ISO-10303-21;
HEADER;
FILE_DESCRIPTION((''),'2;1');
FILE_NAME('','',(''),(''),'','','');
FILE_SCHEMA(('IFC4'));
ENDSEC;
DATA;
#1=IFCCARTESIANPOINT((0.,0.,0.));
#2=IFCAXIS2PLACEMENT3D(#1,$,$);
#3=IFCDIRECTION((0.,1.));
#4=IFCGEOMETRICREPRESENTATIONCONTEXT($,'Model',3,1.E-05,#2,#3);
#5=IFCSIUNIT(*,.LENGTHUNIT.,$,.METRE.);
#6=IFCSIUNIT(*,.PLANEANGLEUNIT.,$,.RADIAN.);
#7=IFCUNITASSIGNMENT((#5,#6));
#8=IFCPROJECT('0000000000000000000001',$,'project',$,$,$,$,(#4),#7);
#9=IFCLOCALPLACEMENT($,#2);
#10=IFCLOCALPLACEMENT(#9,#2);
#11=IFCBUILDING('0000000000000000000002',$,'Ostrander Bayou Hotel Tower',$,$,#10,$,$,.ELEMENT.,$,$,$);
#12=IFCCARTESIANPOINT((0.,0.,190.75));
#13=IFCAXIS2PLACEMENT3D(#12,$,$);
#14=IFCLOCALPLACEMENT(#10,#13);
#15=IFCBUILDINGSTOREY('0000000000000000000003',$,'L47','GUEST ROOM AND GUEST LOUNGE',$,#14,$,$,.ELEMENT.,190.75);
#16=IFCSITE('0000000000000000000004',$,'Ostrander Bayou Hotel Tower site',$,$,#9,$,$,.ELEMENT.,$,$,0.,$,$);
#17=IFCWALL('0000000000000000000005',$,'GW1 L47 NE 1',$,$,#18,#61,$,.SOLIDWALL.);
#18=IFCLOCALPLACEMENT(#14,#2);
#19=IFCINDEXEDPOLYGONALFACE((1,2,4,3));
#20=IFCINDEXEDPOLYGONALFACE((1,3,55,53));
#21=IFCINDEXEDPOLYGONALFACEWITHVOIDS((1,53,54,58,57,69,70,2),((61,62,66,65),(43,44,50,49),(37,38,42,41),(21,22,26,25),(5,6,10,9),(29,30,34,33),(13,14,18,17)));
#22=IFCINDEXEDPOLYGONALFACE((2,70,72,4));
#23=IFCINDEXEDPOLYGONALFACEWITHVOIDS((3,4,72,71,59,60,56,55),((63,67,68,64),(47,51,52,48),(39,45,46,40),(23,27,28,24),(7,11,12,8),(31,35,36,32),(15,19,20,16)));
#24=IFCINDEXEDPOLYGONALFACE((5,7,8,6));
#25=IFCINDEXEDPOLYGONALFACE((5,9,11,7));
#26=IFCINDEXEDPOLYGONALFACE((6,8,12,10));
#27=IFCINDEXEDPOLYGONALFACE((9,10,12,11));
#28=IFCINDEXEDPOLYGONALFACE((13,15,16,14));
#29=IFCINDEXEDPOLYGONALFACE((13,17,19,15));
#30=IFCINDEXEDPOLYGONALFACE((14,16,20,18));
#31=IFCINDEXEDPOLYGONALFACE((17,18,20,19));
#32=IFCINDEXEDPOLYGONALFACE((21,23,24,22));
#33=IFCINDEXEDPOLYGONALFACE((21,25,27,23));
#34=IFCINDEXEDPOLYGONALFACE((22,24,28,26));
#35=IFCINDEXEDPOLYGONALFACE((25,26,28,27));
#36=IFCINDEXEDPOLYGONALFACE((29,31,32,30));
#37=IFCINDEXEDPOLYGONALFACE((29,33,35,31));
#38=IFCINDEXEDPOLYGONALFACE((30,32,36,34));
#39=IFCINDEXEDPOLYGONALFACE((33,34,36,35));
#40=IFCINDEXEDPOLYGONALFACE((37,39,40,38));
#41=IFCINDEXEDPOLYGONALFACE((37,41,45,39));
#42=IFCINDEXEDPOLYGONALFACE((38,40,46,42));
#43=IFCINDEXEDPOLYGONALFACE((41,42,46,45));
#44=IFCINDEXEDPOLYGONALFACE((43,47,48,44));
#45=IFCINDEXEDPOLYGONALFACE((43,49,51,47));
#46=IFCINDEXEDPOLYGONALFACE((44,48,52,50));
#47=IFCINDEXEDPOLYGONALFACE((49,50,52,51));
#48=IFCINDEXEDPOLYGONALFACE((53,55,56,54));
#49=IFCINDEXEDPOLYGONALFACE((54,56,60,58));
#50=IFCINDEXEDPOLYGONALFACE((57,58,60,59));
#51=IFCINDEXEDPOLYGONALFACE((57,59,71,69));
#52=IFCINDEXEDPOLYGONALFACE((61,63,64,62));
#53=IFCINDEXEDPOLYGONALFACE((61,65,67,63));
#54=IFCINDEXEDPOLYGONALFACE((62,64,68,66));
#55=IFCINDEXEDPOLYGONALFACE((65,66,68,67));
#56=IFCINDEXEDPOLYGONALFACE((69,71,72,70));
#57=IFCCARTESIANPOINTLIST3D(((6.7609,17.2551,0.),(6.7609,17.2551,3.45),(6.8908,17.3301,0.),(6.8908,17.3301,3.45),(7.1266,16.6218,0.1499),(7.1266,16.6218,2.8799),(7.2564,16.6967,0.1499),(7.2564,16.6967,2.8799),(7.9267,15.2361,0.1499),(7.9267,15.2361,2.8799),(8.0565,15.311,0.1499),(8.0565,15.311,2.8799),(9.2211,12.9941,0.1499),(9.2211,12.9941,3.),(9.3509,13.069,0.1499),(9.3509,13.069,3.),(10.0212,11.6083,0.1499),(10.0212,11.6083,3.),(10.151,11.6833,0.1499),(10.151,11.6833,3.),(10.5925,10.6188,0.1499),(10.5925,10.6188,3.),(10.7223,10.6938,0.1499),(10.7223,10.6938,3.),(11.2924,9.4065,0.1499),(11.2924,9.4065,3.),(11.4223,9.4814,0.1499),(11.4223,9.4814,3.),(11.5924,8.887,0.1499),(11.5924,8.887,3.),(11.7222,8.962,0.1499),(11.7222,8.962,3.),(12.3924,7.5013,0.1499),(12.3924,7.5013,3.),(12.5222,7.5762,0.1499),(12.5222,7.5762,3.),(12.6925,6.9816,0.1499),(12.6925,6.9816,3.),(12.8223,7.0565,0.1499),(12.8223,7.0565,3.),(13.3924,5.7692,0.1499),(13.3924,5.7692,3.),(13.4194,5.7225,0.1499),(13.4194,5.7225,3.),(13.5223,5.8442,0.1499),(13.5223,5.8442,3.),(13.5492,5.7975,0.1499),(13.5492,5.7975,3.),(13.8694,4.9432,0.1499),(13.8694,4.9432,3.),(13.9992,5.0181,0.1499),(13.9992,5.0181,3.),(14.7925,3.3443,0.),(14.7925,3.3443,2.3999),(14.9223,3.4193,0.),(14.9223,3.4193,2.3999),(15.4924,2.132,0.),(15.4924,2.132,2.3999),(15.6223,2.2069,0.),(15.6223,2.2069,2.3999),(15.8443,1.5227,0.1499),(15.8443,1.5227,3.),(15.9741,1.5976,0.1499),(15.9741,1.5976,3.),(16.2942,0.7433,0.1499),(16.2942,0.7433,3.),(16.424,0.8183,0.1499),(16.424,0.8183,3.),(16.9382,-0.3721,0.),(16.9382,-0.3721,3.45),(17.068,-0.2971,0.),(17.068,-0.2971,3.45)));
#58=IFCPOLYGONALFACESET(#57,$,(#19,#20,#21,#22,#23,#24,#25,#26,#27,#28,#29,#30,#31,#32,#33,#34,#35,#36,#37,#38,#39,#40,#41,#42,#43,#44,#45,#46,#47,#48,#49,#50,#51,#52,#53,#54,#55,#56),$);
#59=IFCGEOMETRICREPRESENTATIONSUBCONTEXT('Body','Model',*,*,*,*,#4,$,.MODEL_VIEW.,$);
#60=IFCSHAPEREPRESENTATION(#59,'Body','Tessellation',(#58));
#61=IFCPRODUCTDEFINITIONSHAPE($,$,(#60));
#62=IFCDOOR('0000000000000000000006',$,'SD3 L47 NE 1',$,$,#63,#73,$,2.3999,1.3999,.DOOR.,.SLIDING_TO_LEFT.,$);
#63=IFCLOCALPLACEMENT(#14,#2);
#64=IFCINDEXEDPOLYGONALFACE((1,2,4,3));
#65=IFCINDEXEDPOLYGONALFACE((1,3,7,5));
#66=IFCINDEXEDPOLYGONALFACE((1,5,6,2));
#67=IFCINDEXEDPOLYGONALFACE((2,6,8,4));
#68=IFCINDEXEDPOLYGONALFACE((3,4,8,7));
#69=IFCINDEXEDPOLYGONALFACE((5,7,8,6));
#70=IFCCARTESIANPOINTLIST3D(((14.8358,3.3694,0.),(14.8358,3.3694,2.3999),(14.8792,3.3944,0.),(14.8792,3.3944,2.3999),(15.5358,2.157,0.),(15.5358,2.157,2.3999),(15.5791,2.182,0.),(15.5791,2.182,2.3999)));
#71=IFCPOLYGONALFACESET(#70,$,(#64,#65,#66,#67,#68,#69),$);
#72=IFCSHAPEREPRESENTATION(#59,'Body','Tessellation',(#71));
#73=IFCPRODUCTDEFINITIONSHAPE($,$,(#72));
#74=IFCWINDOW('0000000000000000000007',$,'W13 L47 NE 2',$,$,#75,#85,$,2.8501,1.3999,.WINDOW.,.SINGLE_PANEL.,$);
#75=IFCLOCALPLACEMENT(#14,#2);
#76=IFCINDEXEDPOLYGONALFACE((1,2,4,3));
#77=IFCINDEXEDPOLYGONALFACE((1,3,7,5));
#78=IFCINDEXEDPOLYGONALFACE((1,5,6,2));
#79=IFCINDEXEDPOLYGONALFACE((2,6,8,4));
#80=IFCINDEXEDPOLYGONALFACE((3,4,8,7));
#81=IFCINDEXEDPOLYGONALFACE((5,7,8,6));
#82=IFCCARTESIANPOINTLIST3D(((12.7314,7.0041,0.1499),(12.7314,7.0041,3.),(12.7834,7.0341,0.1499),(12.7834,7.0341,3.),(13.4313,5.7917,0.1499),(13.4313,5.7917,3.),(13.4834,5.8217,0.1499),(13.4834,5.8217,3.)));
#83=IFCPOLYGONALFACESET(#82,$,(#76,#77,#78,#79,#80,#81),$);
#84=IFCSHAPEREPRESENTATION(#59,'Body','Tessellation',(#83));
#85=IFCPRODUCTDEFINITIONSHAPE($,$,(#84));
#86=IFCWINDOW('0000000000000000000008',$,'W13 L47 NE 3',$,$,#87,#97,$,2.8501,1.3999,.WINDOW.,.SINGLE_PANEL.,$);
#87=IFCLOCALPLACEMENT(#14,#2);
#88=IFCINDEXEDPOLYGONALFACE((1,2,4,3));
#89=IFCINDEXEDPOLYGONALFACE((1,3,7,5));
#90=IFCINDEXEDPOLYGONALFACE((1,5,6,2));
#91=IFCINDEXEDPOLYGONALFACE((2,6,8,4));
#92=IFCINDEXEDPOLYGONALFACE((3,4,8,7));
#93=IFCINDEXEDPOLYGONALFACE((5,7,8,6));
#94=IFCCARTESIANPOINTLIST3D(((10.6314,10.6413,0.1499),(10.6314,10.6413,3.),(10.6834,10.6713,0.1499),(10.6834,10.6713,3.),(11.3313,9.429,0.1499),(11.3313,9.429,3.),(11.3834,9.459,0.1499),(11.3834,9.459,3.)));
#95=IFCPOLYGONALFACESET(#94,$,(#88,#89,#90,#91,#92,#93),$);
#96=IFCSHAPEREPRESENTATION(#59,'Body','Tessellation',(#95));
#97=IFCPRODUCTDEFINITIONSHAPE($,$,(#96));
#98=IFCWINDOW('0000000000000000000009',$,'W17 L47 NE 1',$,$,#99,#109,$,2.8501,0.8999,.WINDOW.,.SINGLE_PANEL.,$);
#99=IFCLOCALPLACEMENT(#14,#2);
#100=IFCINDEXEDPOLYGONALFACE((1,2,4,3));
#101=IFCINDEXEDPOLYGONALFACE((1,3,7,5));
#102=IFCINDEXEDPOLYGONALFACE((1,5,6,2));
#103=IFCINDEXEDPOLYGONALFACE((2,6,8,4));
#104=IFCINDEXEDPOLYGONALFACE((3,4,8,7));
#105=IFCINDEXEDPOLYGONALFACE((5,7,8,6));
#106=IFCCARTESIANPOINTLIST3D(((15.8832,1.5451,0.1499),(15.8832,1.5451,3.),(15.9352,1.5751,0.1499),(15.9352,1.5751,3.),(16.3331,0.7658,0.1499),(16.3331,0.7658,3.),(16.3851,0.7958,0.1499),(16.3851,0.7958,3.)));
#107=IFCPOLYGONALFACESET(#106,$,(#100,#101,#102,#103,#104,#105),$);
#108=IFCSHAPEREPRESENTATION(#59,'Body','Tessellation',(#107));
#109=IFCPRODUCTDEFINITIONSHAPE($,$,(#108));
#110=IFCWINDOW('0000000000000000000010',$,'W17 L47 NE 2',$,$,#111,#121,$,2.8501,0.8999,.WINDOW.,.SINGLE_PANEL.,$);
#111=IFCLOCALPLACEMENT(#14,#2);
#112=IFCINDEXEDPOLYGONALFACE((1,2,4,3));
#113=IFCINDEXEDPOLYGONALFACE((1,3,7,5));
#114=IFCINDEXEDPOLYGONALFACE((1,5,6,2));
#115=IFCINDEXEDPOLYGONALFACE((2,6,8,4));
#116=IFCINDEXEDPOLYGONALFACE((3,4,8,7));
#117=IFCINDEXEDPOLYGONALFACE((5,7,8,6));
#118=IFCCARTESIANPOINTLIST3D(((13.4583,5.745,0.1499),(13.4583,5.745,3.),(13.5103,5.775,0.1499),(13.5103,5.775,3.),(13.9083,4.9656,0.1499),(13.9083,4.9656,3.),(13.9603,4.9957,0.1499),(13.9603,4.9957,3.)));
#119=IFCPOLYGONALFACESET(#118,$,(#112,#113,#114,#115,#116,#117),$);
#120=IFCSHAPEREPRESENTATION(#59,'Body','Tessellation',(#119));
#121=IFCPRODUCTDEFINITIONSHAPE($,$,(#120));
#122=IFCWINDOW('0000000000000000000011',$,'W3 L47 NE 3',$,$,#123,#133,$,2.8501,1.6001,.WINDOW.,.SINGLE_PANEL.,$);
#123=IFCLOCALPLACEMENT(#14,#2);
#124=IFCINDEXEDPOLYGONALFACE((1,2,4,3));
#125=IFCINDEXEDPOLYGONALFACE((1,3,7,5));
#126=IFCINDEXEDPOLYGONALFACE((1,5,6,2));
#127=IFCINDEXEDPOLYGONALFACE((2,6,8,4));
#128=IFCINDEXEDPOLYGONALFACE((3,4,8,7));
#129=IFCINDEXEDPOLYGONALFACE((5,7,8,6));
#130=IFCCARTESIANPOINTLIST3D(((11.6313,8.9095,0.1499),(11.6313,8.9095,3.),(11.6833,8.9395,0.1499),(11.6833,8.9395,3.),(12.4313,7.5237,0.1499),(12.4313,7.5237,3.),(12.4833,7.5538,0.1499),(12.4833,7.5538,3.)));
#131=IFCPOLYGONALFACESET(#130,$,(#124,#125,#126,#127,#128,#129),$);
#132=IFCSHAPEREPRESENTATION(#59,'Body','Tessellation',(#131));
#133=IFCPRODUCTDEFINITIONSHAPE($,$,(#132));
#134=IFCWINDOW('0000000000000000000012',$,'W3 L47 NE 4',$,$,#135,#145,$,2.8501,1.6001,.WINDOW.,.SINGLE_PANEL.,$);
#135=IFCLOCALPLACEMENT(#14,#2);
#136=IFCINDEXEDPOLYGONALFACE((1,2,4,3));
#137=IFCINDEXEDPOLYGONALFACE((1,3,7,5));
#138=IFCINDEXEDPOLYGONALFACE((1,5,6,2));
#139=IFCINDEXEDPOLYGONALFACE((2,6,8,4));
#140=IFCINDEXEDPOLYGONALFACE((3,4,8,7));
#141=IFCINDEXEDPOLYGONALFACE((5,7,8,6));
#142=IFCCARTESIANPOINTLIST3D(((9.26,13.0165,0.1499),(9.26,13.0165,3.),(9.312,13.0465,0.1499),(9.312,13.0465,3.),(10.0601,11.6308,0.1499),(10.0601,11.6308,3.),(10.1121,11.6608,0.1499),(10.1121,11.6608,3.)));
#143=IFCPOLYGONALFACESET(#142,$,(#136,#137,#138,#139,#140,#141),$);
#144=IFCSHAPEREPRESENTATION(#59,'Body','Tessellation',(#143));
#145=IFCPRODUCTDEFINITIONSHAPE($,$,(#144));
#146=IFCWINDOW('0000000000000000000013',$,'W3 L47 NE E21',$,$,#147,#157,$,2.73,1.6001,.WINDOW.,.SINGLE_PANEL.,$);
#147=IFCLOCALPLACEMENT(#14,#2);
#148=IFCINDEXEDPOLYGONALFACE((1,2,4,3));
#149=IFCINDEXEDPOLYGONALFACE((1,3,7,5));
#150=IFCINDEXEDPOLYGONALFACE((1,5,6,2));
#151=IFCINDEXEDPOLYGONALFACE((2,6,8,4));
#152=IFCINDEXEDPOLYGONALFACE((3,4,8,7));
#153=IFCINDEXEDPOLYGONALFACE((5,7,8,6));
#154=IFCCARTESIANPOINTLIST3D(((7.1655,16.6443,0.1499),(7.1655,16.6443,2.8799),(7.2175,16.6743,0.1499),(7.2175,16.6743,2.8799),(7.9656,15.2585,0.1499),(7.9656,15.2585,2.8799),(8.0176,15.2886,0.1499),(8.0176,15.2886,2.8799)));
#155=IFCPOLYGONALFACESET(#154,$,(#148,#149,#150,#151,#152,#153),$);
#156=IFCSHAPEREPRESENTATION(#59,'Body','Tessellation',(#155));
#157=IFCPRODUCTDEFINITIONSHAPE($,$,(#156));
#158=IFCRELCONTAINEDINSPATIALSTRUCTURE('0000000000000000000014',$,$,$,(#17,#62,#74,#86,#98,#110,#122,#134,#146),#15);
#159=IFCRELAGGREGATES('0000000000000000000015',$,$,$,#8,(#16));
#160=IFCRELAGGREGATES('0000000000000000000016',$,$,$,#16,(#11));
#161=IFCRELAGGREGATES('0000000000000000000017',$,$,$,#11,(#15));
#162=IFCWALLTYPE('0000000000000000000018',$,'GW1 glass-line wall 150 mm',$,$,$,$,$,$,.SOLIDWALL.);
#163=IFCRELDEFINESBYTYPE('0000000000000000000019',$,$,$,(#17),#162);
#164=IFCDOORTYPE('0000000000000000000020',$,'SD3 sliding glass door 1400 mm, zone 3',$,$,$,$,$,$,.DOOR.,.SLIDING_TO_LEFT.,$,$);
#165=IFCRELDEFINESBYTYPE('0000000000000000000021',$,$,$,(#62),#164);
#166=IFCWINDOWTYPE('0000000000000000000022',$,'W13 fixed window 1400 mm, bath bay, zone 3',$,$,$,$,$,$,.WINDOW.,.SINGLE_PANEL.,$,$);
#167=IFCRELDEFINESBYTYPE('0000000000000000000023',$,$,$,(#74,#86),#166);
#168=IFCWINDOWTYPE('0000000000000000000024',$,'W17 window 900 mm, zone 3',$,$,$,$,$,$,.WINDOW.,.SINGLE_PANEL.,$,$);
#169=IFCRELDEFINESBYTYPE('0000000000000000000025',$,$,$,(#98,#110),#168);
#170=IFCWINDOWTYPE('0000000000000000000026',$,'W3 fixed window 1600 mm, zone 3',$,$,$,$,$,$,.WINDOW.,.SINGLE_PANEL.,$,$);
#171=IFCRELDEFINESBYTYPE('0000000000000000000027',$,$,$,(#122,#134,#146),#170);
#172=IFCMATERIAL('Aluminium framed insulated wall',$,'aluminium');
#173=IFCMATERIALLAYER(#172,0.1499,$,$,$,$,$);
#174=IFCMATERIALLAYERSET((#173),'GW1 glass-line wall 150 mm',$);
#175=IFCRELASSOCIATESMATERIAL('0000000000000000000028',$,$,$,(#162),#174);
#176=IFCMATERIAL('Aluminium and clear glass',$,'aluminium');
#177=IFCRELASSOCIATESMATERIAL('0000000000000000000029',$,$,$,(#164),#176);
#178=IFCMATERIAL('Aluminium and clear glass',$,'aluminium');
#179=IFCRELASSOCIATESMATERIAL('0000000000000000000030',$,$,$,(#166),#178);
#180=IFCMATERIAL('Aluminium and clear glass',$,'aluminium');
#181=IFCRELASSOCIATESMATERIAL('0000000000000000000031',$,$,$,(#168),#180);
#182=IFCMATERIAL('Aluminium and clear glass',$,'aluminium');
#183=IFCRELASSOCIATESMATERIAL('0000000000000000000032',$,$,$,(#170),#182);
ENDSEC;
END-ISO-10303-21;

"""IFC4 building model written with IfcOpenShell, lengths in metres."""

from ifc_helpers import new_model, si_unit, direction, frame, frame_2d, origin, place, context, subcontext, project, spatial, rectangle, extrude, material, layer, layer_set, type_object, element, fill, save


model = new_model("IFC4")

# Units and contexts
model_context = context("Model", 3, precision=1e-05, world=origin(), true_north=direction((0.0, 1.0)))
body_context = subcontext(model_context, "Body", "Model", "MODEL_VIEW")
ifc_project = project(units=[si_unit("LENGTHUNIT", "METRE"), si_unit("PLANEANGLEUNIT", "RADIAN")], contexts=[model_context])

# Site, building, storey
site_placement = place(None, origin())
site = spatial("IfcSite", under=ifc_project, at=site_placement, Name="Ostrander Bayou Hotel Tower site", CompositionType="ELEMENT", RefElevation=0.0)
building_placement = place(site_placement, origin())
building = spatial("IfcBuilding", under=site, at=building_placement, Name="Ostrander Bayou Hotel Tower", CompositionType="ELEMENT")
storey_placement = place(building_placement, frame((0.0, 0.0, 190.75)))
storey = spatial("IfcBuildingStorey", under=building, at=storey_placement, Name="L47", Description="GUEST ROOM AND GUEST LOUNGE", CompositionType="ELEMENT", Elevation=190.75)

# Wall, openings, door, windows
ifc_material_1 = material(Name="Aluminium framed insulated wall", Category="aluminium")
ifc_layer_1 = layer(ifc_material_1, 0.1499)
ifc_layer_set_1 = layer_set([ifc_layer_1], Name="GW1 glass-line wall 150 mm")
wall_type_1 = type_object("IfcWallType", Name="GW1 glass-line wall 150 mm", PredefinedType="SOLIDWALL", material=ifc_layer_set_1)
wall_1_placement = place(storey_placement, frame((17.0032, -0.3347, 0.0), z_axis=(0.0, 0.0, 1.0), x_axis=(-0.500007, 0.866022, 0.0)))
wall_1 = element("IfcWall", 1, at=wall_1_placement, inside=storey, type_object=wall_type_1, Name="GW1 L47 NE 1", PredefinedType="SOLIDWALL", context=body_context, shape_type="SweptSolid", body=[
    extrude(rectangle(XDim=20.3542, YDim=0.1499, at=frame_2d((10.1772, 0.0))), origin(), (0.0, 0.0, 1.0), 3.45),
])
opening_1_placement = place(wall_1_placement, frame((1.2881, 0.0, 0.1499)))
opening_1 = element("IfcOpeningElement", 2, at=opening_1_placement, cuts=wall_1, PredefinedType="OPENING", context=body_context, shape_type="SweptSolid", body=[
    extrude(rectangle(XDim=0.8999, YDim=2.8501, at=frame_2d((0.45, 1.425))), frame((0.0, 0.075, 0.0), z_axis=(0.0, -1.0, 0.0), x_axis=(1.0, 0.0, 0.0)), (0.0, 0.0, 1.0), 0.1499),
])
opening_2_placement = place(wall_1_placement, frame((2.8916, 0.0, 0.0)))
opening_2 = element("IfcOpeningElement", 3, at=opening_2_placement, cuts=wall_1, PredefinedType="OPENING", context=body_context, shape_type="SweptSolid", body=[
    extrude(rectangle(XDim=1.3999, YDim=2.3999, at=frame_2d((0.7, 1.2))), frame((0.0, 0.075, 0.0), z_axis=(0.0, -1.0, 0.0), x_axis=(1.0, 0.0, 0.0)), (0.0, 0.0, 1.0), 0.1499),
])
opening_3_placement = place(wall_1_placement, frame((6.1377, 0.0, 0.1499)))
opening_3 = element("IfcOpeningElement", 4, at=opening_3_placement, cuts=wall_1, PredefinedType="OPENING", context=body_context, shape_type="SweptSolid", body=[
    extrude(rectangle(XDim=0.8999, YDim=2.8501, at=frame_2d((0.45, 1.425))), frame((0.0, 0.075, 0.0), z_axis=(0.0, -1.0, 0.0), x_axis=(1.0, 0.0, 0.0)), (0.0, 0.0, 1.0), 0.1499),
])
opening_4_placement = place(wall_1_placement, frame((7.0916, 0.0, 0.1499)))
opening_4 = element("IfcOpeningElement", 5, at=opening_4_placement, cuts=wall_1, PredefinedType="OPENING", context=body_context, shape_type="SweptSolid", body=[
    extrude(rectangle(XDim=1.3999, YDim=2.8501, at=frame_2d((0.7, 1.425))), frame((0.0, 0.075, 0.0), z_axis=(0.0, -1.0, 0.0), x_axis=(1.0, 0.0, 0.0)), (0.0, 0.0, 1.0), 0.1499),
])
opening_5_placement = place(wall_1_placement, frame((9.0916, 0.0, 0.1499)))
opening_5 = element("IfcOpeningElement", 6, at=opening_5_placement, cuts=wall_1, PredefinedType="OPENING", context=body_context, shape_type="SweptSolid", body=[
    extrude(rectangle(XDim=1.6001, YDim=2.8501, at=frame_2d((0.8, 1.425))), frame((0.0, 0.075, 0.0), z_axis=(0.0, -1.0, 0.0), x_axis=(1.0, 0.0, 0.0)), (0.0, 0.0, 1.0), 0.1499),
])
opening_6_placement = place(wall_1_placement, frame((11.2915, 0.0, 0.1499)))
opening_6 = element("IfcOpeningElement", 7, at=opening_6_placement, cuts=wall_1, PredefinedType="OPENING", context=body_context, shape_type="SweptSolid", body=[
    extrude(rectangle(XDim=1.3999, YDim=2.8501, at=frame_2d((0.7, 1.425))), frame((0.0, 0.075, 0.0), z_axis=(0.0, -1.0, 0.0), x_axis=(1.0, 0.0, 0.0)), (0.0, 0.0, 1.0), 0.1499),
])
opening_7_placement = place(wall_1_placement, frame((13.834, 0.0, 0.1499)))
opening_7 = element("IfcOpeningElement", 8, at=opening_7_placement, cuts=wall_1, PredefinedType="OPENING", context=body_context, shape_type="SweptSolid", body=[
    extrude(rectangle(XDim=1.6001, YDim=2.8501, at=frame_2d((0.8, 1.425))), frame((0.0, 0.075, 0.0), z_axis=(0.0, -1.0, 0.0), x_axis=(1.0, 0.0, 0.0)), (0.0, 0.0, 1.0), 0.1499),
])
opening_8_placement = place(wall_1_placement, frame((18.0229, 0.0, 0.1499)))
opening_8 = element("IfcOpeningElement", 9, at=opening_8_placement, cuts=wall_1, PredefinedType="OPENING", context=body_context, shape_type="SweptSolid", body=[
    extrude(rectangle(XDim=1.6001, YDim=2.73, at=frame_2d((0.8, 1.365))), frame((0.0, 0.075, 0.0), z_axis=(0.0, -1.0, 0.0), x_axis=(1.0, 0.0, 0.0)), (0.0, 0.0, 1.0), 0.1499),
])
ifc_material_2 = material(Name="Aluminium and clear glass", Category="aluminium")
door_type_1 = type_object("IfcDoorType", Name="SD3 sliding glass door 1400 mm, zone 3", OperationType="SLIDING_TO_LEFT", PredefinedType="DOOR", material=ifc_material_2)
door_1_placement = place(opening_2_placement, origin())
door_1 = element("IfcDoor", 10, at=door_1_placement, inside=storey, type_object=door_type_1, Name="SD3 L47 NE 1", OperationType="SLIDING_TO_LEFT", OverallHeight=2.3999, OverallWidth=1.3999, PredefinedType="DOOR", context=body_context, shape_type="SweptSolid", body=[
    extrude(rectangle(XDim=1.3999, YDim=2.3999, at=frame_2d((0.7, 1.2))), frame((0.0, 0.0249, 0.0), z_axis=(0.0, -1.0, 0.0), x_axis=(1.0, 0.0, 0.0)), (0.0, 0.0, 1.0), 0.05),
])
fill(opening_2, door_1)
ifc_material_3 = material(Name="Aluminium and clear glass", Category="aluminium")
window_type_1 = type_object("IfcWindowType", Name="W13 fixed window 1400 mm, bath bay, zone 3", PartitioningType="SINGLE_PANEL", PredefinedType="WINDOW", material=ifc_material_3)
window_1_placement = place(opening_4_placement, origin())
window_1 = element("IfcWindow", 11, at=window_1_placement, inside=storey, type_object=window_type_1, Name="W13 L47 NE 2", OverallHeight=2.8501, OverallWidth=1.3999, PartitioningType="SINGLE_PANEL", PredefinedType="WINDOW", context=body_context, shape_type="SweptSolid", body=[
    extrude(rectangle(XDim=1.3999, YDim=2.8501, at=frame_2d((0.7, 1.425))), frame((0.0, 0.03, 0.0), z_axis=(0.0, -1.0, 0.0), x_axis=(1.0, 0.0, 0.0)), (0.0, 0.0, 1.0), 0.0601),
])
fill(opening_4, window_1)
window_2_placement = place(opening_6_placement, origin())
window_2 = element("IfcWindow", 12, at=window_2_placement, inside=storey, type_object=window_type_1, Name="W13 L47 NE 3", OverallHeight=2.8501, OverallWidth=1.3999, PartitioningType="SINGLE_PANEL", PredefinedType="WINDOW", context=body_context, shape_type="SweptSolid", body=[
    extrude(rectangle(XDim=1.3999, YDim=2.8501, at=frame_2d((0.7, 1.425))), frame((0.0, 0.03, 0.0), z_axis=(0.0, -1.0, 0.0), x_axis=(1.0, 0.0, 0.0)), (0.0, 0.0, 1.0), 0.0601),
])
fill(opening_6, window_2)
ifc_material_4 = material(Name="Aluminium and clear glass", Category="aluminium")
window_type_2 = type_object("IfcWindowType", Name="W17 window 900 mm, zone 3", PartitioningType="SINGLE_PANEL", PredefinedType="WINDOW", material=ifc_material_4)
window_3_placement = place(opening_1_placement, origin())
window_3 = element("IfcWindow", 13, at=window_3_placement, inside=storey, type_object=window_type_2, Name="W17 L47 NE 1", OverallHeight=2.8501, OverallWidth=0.8999, PartitioningType="SINGLE_PANEL", PredefinedType="WINDOW", context=body_context, shape_type="SweptSolid", body=[
    extrude(rectangle(XDim=0.8999, YDim=2.8501, at=frame_2d((0.45, 1.425))), frame((0.0, 0.03, 0.0), z_axis=(0.0, -1.0, 0.0), x_axis=(1.0, 0.0, 0.0)), (0.0, 0.0, 1.0), 0.0601),
])
fill(opening_1, window_3)
window_4_placement = place(opening_3_placement, origin())
window_4 = element("IfcWindow", 14, at=window_4_placement, inside=storey, type_object=window_type_2, Name="W17 L47 NE 2", OverallHeight=2.8501, OverallWidth=0.8999, PartitioningType="SINGLE_PANEL", PredefinedType="WINDOW", context=body_context, shape_type="SweptSolid", body=[
    extrude(rectangle(XDim=0.8999, YDim=2.8501, at=frame_2d((0.45, 1.425))), frame((0.0, 0.03, 0.0), z_axis=(0.0, -1.0, 0.0), x_axis=(1.0, 0.0, 0.0)), (0.0, 0.0, 1.0), 0.0601),
])
fill(opening_3, window_4)
ifc_material_5 = material(Name="Aluminium and clear glass", Category="aluminium")
window_type_3 = type_object("IfcWindowType", Name="W3 fixed window 1600 mm, zone 3", PartitioningType="SINGLE_PANEL", PredefinedType="WINDOW", material=ifc_material_5)
window_5_placement = place(opening_5_placement, origin())
window_5 = element("IfcWindow", 15, at=window_5_placement, inside=storey, type_object=window_type_3, Name="W3 L47 NE 3", OverallHeight=2.8501, OverallWidth=1.6001, PartitioningType="SINGLE_PANEL", PredefinedType="WINDOW", context=body_context, shape_type="SweptSolid", body=[
    extrude(rectangle(XDim=1.6001, YDim=2.8501, at=frame_2d((0.8, 1.425))), frame((0.0, 0.03, 0.0), z_axis=(0.0, -1.0, 0.0), x_axis=(1.0, 0.0, 0.0)), (0.0, 0.0, 1.0), 0.0601),
])
fill(opening_5, window_5)
window_6_placement = place(opening_7_placement, origin())
window_6 = element("IfcWindow", 16, at=window_6_placement, inside=storey, type_object=window_type_3, Name="W3 L47 NE 4", OverallHeight=2.8501, OverallWidth=1.6001, PartitioningType="SINGLE_PANEL", PredefinedType="WINDOW", context=body_context, shape_type="SweptSolid", body=[
    extrude(rectangle(XDim=1.6001, YDim=2.8501, at=frame_2d((0.8, 1.425))), frame((0.0, 0.03, 0.0), z_axis=(0.0, -1.0, 0.0), x_axis=(1.0, 0.0, 0.0)), (0.0, 0.0, 1.0), 0.0601),
])
fill(opening_7, window_6)
window_7_placement = place(opening_8_placement, origin())
window_7 = element("IfcWindow", 17, at=window_7_placement, inside=storey, type_object=window_type_3, Name="W3 L47 NE E21", OverallHeight=2.73, OverallWidth=1.6001, PartitioningType="SINGLE_PANEL", PredefinedType="WINDOW", context=body_context, shape_type="SweptSolid", body=[
    extrude(rectangle(XDim=1.6001, YDim=2.73, at=frame_2d((0.8, 1.365))), frame((0.0, 0.03, 0.0), z_axis=(0.0, -1.0, 0.0), x_axis=(1.0, 0.0, 0.0)), (0.0, 0.0, 1.0), 0.0601),
])
fill(opening_8, window_7)

save(model, "model.ifc")
